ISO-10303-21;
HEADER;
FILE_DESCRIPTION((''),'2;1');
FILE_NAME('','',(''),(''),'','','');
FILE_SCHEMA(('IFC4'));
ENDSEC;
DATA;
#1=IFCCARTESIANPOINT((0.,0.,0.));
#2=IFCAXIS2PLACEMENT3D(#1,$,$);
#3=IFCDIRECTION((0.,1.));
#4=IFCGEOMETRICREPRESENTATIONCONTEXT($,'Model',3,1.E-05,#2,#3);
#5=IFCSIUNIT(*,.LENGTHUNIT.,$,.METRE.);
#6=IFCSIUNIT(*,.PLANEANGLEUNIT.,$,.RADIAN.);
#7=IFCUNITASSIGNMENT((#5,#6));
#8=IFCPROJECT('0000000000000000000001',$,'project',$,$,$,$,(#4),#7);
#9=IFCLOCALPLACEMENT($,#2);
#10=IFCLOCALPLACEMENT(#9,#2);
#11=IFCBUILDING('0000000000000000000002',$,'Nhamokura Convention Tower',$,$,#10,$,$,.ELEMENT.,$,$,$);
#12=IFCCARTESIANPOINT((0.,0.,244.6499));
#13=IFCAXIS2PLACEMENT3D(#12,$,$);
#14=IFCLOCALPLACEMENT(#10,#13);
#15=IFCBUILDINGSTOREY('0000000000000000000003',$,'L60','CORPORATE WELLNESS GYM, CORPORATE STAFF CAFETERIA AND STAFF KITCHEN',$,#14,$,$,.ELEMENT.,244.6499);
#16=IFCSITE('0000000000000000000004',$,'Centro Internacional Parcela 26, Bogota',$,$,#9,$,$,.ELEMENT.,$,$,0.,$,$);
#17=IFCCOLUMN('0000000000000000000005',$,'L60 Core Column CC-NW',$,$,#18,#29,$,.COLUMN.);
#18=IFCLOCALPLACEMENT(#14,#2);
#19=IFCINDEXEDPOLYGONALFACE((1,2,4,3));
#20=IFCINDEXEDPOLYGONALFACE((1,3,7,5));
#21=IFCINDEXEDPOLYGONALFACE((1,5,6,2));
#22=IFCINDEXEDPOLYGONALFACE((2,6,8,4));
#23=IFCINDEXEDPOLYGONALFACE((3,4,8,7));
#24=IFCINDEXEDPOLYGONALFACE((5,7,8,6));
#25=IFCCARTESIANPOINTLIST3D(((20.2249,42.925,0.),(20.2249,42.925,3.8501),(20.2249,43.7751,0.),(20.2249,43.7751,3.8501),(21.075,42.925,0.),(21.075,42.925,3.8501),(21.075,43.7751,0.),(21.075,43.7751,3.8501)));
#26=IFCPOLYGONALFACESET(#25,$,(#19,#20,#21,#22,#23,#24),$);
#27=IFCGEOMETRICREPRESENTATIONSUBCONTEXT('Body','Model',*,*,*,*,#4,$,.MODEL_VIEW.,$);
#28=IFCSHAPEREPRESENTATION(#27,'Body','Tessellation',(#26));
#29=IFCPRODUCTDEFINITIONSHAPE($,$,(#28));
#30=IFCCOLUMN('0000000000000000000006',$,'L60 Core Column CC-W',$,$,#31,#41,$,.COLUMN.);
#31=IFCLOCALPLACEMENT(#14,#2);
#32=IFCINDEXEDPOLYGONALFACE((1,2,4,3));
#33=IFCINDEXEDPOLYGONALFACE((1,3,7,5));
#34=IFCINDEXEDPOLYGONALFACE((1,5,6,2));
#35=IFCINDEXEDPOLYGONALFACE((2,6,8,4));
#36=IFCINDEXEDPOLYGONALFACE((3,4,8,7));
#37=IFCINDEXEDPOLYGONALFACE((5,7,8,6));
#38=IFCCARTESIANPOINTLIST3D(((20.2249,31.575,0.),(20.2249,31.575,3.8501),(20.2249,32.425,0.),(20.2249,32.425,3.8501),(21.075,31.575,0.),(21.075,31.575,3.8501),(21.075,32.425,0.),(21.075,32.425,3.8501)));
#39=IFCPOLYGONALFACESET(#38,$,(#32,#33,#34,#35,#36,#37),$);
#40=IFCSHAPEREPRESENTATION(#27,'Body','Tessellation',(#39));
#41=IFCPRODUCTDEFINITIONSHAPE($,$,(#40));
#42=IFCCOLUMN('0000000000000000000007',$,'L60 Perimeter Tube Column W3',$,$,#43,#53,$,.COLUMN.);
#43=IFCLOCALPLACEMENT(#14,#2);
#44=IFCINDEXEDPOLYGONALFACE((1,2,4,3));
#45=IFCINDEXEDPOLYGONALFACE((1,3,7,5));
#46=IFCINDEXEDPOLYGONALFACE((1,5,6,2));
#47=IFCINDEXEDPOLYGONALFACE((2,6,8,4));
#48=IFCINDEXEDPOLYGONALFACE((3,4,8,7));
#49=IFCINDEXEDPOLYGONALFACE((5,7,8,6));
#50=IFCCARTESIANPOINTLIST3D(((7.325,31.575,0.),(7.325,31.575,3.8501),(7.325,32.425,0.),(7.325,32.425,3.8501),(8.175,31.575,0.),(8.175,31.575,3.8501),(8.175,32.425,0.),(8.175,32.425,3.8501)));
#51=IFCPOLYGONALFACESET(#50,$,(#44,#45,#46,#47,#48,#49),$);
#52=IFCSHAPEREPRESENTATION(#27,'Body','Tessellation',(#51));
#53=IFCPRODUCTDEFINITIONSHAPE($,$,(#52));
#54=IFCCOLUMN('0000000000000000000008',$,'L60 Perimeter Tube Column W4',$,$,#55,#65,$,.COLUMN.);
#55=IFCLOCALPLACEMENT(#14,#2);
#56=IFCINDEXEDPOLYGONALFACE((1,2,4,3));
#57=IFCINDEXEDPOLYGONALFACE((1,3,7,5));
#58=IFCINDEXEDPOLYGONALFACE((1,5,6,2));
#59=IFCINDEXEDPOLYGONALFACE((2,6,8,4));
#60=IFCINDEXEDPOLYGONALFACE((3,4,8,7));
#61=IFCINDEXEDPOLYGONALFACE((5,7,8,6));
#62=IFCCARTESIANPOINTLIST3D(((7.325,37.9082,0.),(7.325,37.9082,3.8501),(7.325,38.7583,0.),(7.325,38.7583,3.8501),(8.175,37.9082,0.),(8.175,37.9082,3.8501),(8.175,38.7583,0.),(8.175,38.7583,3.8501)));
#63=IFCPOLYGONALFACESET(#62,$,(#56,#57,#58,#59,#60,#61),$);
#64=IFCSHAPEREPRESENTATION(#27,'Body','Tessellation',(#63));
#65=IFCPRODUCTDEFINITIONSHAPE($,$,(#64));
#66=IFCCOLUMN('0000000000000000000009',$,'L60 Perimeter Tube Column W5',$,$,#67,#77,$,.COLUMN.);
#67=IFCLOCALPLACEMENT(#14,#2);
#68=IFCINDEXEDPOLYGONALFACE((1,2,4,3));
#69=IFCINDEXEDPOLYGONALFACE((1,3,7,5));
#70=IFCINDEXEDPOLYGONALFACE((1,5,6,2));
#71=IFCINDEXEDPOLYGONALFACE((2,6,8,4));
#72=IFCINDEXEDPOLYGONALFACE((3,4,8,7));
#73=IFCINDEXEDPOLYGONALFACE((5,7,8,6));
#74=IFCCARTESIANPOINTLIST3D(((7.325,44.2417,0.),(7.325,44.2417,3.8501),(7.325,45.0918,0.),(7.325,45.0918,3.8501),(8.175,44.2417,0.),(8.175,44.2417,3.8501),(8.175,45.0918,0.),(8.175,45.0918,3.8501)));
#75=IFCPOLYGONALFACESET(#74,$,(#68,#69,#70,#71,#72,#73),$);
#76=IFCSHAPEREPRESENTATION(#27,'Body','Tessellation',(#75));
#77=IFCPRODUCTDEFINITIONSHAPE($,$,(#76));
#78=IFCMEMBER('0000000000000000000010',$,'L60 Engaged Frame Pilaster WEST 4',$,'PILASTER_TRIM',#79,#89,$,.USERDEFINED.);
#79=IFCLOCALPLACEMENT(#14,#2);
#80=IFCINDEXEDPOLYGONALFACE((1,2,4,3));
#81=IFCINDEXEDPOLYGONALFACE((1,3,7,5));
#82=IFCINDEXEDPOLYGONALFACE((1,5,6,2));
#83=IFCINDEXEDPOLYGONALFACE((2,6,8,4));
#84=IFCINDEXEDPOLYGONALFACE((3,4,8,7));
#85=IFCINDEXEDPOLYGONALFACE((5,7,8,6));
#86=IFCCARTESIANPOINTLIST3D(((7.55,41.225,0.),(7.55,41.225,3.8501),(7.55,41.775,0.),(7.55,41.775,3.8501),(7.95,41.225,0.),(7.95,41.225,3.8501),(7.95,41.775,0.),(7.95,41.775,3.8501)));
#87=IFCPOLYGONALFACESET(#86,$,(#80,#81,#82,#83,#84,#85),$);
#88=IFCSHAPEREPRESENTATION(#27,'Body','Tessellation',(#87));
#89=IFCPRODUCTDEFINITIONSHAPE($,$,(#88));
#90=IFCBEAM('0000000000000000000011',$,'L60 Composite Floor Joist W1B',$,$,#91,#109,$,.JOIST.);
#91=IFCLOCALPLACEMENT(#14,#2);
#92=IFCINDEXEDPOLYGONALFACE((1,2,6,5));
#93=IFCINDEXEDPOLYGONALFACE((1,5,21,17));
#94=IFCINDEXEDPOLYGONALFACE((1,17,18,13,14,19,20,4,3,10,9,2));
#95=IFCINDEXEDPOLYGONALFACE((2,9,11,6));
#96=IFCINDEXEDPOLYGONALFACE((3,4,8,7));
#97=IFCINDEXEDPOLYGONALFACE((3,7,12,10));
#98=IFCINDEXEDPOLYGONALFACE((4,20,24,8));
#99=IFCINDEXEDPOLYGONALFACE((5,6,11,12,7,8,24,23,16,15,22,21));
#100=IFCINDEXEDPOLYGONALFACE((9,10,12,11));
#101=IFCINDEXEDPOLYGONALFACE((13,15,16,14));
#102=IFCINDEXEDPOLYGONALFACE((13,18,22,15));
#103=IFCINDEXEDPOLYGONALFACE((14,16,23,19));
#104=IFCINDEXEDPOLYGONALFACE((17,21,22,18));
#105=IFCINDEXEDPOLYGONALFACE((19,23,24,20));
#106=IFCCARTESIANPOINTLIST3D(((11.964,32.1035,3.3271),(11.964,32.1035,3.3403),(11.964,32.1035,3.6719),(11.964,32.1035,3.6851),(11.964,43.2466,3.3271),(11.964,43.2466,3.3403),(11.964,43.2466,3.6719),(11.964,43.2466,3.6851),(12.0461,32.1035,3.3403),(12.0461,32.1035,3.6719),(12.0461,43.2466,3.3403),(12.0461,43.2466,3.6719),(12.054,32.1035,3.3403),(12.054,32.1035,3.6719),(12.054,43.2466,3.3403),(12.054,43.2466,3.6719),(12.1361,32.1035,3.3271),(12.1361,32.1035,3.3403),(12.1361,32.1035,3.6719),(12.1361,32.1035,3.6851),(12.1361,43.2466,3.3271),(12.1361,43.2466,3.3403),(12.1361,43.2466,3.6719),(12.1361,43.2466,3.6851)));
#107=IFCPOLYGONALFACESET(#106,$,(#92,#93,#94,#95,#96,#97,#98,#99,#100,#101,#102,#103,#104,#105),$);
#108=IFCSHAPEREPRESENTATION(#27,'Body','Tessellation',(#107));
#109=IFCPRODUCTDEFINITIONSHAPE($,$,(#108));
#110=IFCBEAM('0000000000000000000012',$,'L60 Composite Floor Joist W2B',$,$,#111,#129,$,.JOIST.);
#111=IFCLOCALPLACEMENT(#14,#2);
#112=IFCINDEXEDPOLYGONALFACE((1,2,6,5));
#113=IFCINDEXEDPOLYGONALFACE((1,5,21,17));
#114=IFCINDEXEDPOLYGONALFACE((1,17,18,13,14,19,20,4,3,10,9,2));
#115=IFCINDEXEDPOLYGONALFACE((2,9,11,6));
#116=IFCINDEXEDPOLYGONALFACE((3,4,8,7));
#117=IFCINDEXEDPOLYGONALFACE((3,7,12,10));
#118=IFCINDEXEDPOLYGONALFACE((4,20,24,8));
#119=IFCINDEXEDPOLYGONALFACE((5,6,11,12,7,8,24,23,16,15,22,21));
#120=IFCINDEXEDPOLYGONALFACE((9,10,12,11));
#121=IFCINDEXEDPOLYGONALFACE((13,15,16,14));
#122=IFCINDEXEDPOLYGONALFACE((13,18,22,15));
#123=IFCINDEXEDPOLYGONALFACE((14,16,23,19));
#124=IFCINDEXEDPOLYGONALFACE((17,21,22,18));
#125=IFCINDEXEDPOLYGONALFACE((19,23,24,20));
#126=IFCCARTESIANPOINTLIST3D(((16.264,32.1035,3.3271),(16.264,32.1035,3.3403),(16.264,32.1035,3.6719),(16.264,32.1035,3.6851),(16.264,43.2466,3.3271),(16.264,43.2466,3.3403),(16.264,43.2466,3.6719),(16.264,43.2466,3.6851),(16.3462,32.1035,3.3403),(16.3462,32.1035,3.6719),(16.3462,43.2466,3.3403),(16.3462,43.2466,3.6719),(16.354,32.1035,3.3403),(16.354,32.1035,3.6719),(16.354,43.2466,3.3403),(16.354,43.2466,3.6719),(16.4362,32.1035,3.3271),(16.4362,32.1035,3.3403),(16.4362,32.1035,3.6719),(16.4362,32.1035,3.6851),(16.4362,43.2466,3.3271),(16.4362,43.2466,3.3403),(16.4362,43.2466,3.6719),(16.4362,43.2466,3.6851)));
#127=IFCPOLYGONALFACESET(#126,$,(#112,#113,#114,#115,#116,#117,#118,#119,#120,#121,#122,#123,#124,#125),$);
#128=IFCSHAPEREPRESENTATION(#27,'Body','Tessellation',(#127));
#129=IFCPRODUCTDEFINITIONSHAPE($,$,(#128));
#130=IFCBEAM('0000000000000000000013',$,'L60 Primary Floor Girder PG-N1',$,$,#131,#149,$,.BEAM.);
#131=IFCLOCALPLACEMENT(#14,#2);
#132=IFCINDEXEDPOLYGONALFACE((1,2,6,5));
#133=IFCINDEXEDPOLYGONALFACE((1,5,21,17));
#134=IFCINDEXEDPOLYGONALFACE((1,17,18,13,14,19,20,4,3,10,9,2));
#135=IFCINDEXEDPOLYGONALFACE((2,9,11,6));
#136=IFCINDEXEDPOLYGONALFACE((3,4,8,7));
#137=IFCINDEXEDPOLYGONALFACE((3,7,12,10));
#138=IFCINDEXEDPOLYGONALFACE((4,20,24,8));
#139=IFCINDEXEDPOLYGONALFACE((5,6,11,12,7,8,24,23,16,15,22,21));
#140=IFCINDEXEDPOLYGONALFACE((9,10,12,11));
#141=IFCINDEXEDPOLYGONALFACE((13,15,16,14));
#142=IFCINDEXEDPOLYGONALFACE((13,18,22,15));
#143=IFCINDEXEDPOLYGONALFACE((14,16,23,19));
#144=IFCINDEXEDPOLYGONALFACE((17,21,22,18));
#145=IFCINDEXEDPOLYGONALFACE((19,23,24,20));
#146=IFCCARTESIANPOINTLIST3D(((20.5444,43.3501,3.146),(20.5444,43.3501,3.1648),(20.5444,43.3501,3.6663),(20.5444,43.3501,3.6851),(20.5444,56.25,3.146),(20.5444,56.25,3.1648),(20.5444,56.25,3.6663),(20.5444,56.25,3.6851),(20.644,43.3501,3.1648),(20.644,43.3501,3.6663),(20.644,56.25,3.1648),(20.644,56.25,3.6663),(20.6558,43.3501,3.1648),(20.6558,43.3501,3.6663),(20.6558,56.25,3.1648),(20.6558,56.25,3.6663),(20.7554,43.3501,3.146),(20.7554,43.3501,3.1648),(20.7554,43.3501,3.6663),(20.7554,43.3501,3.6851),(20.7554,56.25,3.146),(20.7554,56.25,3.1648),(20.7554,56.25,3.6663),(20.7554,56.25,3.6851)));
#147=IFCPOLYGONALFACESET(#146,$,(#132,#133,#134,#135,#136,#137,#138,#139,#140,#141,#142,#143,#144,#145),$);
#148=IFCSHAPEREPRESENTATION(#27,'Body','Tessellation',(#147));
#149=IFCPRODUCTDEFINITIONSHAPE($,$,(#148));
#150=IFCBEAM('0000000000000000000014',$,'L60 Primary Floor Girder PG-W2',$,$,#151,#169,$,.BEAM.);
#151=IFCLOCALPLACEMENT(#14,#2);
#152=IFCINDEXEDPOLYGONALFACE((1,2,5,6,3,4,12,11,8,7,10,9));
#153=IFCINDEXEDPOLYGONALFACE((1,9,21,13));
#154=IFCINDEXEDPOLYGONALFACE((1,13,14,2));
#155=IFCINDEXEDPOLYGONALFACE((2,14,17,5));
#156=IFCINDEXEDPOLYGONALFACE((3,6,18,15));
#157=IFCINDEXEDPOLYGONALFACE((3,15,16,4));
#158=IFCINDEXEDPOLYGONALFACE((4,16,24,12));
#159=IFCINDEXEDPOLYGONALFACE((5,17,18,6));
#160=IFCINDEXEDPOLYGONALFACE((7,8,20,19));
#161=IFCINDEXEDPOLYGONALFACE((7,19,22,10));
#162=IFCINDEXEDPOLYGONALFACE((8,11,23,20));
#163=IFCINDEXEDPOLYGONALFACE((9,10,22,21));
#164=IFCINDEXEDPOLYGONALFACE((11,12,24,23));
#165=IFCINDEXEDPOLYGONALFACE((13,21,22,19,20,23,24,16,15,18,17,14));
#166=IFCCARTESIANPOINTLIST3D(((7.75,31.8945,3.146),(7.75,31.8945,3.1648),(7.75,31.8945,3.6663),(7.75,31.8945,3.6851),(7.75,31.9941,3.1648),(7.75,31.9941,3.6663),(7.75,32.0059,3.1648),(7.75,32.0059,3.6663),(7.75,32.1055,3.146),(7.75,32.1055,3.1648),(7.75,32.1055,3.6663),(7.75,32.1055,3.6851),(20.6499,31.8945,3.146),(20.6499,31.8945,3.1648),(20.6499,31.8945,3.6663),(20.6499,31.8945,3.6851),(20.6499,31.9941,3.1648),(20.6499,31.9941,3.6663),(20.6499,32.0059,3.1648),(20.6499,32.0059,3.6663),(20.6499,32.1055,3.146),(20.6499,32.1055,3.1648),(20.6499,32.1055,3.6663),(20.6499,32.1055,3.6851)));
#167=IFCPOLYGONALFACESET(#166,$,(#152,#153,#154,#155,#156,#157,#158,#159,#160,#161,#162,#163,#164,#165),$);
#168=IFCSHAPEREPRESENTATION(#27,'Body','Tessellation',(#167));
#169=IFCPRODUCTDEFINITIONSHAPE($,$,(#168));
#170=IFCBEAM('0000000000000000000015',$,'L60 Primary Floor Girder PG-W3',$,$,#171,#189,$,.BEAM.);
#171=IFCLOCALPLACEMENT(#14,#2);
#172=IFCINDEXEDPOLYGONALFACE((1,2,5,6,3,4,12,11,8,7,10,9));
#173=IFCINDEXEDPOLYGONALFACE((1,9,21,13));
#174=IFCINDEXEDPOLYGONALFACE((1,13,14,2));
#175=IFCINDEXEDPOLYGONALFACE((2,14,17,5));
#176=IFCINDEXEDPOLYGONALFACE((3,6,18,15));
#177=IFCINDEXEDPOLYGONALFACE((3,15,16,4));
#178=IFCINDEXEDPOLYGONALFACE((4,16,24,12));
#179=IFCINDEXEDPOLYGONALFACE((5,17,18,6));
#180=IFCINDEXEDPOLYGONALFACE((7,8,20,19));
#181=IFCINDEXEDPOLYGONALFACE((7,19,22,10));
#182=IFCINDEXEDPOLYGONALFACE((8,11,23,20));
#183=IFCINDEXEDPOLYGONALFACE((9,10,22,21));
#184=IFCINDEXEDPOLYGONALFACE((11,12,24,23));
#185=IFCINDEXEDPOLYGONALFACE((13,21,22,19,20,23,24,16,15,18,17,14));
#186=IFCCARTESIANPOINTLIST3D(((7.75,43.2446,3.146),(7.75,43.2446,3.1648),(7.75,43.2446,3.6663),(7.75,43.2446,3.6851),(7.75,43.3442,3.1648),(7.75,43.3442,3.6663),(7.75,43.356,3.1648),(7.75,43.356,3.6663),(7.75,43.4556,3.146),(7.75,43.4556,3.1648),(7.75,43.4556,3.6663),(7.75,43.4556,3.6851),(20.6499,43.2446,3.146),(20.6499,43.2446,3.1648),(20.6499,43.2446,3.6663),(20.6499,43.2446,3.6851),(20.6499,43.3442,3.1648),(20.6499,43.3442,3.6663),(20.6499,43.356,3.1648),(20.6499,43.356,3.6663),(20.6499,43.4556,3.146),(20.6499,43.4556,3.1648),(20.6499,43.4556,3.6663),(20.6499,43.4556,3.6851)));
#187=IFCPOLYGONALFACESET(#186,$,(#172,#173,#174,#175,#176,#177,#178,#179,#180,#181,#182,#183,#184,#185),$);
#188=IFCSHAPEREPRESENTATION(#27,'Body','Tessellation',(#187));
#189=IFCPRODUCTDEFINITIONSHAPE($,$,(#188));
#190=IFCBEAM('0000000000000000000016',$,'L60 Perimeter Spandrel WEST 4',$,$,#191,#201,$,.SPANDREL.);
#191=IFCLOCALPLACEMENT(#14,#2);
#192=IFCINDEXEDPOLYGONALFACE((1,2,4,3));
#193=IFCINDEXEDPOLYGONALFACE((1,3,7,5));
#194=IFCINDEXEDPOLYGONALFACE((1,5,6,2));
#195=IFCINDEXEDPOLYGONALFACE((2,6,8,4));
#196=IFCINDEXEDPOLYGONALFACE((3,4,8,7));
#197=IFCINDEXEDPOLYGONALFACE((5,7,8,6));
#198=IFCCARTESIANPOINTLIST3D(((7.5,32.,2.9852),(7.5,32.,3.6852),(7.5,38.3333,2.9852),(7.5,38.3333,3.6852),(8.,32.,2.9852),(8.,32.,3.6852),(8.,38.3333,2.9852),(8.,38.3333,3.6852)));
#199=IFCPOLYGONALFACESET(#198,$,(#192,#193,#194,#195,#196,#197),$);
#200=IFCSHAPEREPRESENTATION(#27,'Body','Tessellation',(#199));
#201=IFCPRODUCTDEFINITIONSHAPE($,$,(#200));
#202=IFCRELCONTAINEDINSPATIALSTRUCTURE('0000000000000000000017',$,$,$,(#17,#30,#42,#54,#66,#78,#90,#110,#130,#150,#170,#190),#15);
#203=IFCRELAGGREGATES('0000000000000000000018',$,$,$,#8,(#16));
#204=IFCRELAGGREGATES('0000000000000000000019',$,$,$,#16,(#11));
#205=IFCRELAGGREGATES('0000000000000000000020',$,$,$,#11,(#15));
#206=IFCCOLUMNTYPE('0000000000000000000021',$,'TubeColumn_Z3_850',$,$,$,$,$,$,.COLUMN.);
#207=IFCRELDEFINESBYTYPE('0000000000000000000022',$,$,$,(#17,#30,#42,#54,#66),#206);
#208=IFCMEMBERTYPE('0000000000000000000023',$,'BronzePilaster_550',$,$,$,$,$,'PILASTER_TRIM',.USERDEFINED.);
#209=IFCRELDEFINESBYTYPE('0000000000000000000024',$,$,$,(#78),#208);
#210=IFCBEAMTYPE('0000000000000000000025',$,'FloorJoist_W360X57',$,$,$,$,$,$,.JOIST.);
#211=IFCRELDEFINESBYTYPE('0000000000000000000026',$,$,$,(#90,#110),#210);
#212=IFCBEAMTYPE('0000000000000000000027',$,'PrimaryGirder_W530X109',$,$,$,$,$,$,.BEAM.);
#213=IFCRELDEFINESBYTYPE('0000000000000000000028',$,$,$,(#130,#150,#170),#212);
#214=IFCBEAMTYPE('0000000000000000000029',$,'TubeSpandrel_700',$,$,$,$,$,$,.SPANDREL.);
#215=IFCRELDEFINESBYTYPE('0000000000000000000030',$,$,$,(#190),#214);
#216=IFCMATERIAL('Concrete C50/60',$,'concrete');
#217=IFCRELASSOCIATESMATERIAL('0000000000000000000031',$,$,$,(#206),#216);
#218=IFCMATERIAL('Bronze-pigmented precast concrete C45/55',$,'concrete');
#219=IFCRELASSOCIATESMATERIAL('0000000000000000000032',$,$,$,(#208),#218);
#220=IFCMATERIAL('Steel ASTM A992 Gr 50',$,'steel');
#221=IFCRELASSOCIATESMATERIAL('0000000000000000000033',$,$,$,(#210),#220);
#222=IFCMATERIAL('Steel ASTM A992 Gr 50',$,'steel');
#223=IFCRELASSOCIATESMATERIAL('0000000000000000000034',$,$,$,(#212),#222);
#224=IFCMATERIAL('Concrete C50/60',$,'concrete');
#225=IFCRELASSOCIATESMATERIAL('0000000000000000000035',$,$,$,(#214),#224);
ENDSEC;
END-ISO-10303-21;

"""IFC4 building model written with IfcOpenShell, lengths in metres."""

from ifc_helpers import new_model, si_unit, direction, frame, origin, origin_2d, place, context, subcontext, project, spatial, rectangle, i_section, extrude, material, material_profile, profile_set, type_object, element, save


model = new_model("IFC4")

# Units and contexts
model_context = context("Model", 3, precision=1e-05, world=origin(), true_north=direction((0.0, 1.0)))
body_context = subcontext(model_context, "Body", "Model", "MODEL_VIEW")
ifc_project = project(units=[si_unit("LENGTHUNIT", "METRE"), si_unit("PLANEANGLEUNIT", "RADIAN")], contexts=[model_context])

# Site, building, storey
site_placement = place(None, origin())
site = spatial("IfcSite", under=ifc_project, at=site_placement, Name="Centro Internacional Parcela 26, Bogota", CompositionType="ELEMENT", RefElevation=0.0)
building_placement = place(site_placement, origin())
building = spatial("IfcBuilding", under=site, at=building_placement, Name="Nhamokura Convention Tower", CompositionType="ELEMENT")
storey_placement = place(building_placement, frame((0.0, 0.0, 244.6499)))
storey = spatial("IfcBuildingStorey", under=building, at=storey_placement, Name="L60", Description="CORPORATE WELLNESS GYM, CORPORATE STAFF CAFETERIA AND STAFF KITCHEN", CompositionType="ELEMENT", Elevation=244.6499)

# Columns
ifc_material_1 = material(Name="Concrete C50/60", Category="concrete")
ifc_material_profile_1 = material_profile(ifc_material_1, rectangle(XDim=0.8501, YDim=0.8501, at=origin_2d()))
ifc_profile_set_1 = profile_set([ifc_material_profile_1], Name="Concrete C50/60")
column_type = type_object("IfcColumnType", Name="TubeColumn_Z3_850", PredefinedType="COLUMN", material=ifc_profile_set_1)
for number, where, z_axis, x_axis, name in (
    (1, (20.6499, 43.3501, 0.0), (0.0, 0.0, 1.0), (1.0, 0.0, 0.0), "L60 Core Column CC-NW"),
    (2, (20.6499, 32.0, 0.0), (0.0, 0.0, 1.0), (1.0, 0.0, 0.0), "L60 Core Column CC-W"),
    (3, (7.75, 32.0, 0.0), (0.0, 0.0, 1.0), (1.0, 0.0, 0.0), "L60 Perimeter Tube Column W3"),
    (4, (7.75, 38.3333, 0.0), (0.0, 0.0, 1.0), (1.0, 0.0, 0.0), "L60 Perimeter Tube Column W4"),
    (5, (7.75, 44.6667, 0.0), (0.0, 0.0, 1.0), (1.0, 0.0, 0.0), "L60 Perimeter Tube Column W5"),
):
    element("IfcColumn", number, at=place(storey_placement, frame(where, z_axis=z_axis, x_axis=x_axis)), inside=storey, type_object=column_type, Name=name, PredefinedType="COLUMN", context=body_context, shape_type="SweptSolid", body=[
        extrude(rectangle(XDim=0.8501, YDim=0.8501, at=origin_2d()), origin(), (0.0, 0.0, 1.0), 3.8501),
    ])

# Member
ifc_material_2 = material(Name="Bronze-pigmented precast concrete C45/55", Category="concrete")
ifc_material_profile_2 = material_profile(ifc_material_2, rectangle(XDim=0.3999, YDim=0.55, at=origin_2d()))
ifc_profile_set_2 = profile_set([ifc_material_profile_2], Name="Bronze-pigmented precast concrete C45/55")
member_type = type_object("IfcMemberType", Name="BronzePilaster_550", ElementType="PILASTER_TRIM", PredefinedType="USERDEFINED", material=ifc_profile_set_2)
member_placement = place(storey_placement, frame((7.75, 41.5, 0.0), z_axis=(0.0, 0.0, 1.0), x_axis=(1.0, 0.0, 0.0)))
element("IfcMember", 6, at=member_placement, inside=storey, type_object=member_type, Name="L60 Engaged Frame Pilaster WEST 4", ObjectType="PILASTER_TRIM", PredefinedType="USERDEFINED", context=body_context, shape_type="SweptSolid", body=[
    extrude(rectangle(XDim=0.3999, YDim=0.55, at=origin_2d()), origin(), (0.0, 0.0, 1.0), 3.8501),
])

# Beams
ifc_material_3 = material(Name="Steel ASTM A992 Gr 50", Category="steel")
ifc_material_profile_3 = material_profile(ifc_material_3, i_section(OverallWidth=0.1721, OverallDepth=0.3579, WebThickness=0.0078, FlangeThickness=0.0132, at=origin_2d()))
ifc_profile_set_3 = profile_set([ifc_material_profile_3], Name="Steel ASTM A992 Gr 50")
beam_type_1 = type_object("IfcBeamType", Name="FloorJoist_W360X57", PredefinedType="JOIST", material=ifc_profile_set_3)
for number, where, z_axis, x_axis, name in (
    (7, (12.05, 32.1035, 3.5061), (0.0, 1.0, 0.0), (-1.0, 0.0, 0.0), "L60 Composite Floor Joist W1B"),
    (8, (16.3501, 32.1035, 3.5061), (0.0, 1.0, 0.0), (-1.0, 0.0, 0.0), "L60 Composite Floor Joist W2B"),
):
    element("IfcBeam", number, at=place(storey_placement, frame(where, z_axis=z_axis, x_axis=x_axis)), inside=storey, type_object=beam_type_1, Name=name, PredefinedType="JOIST", context=body_context, shape_type="SweptSolid", body=[
        extrude(i_section(OverallWidth=0.1721, OverallDepth=0.3579, WebThickness=0.0078, FlangeThickness=0.0132, at=origin_2d()), origin(), (0.0, 0.0, 1.0), 11.1431),
    ])
ifc_material_4 = material(Name="Steel ASTM A992 Gr 50", Category="steel")
ifc_material_profile_4 = material_profile(ifc_material_4, i_section(OverallWidth=0.2109, OverallDepth=0.5391, WebThickness=0.0117, FlangeThickness=0.0188, at=origin_2d()))
ifc_profile_set_4 = profile_set([ifc_material_profile_4], Name="Steel ASTM A992 Gr 50")
beam_type_2 = type_object("IfcBeamType", Name="PrimaryGirder_W530X109", PredefinedType="BEAM", material=ifc_profile_set_4)
for number, where, z_axis, x_axis, name in (
    (9, (20.6499, 43.3501, 3.4155), (0.0, 1.0, 0.0), (-1.0, 0.0, 0.0), "L60 Primary Floor Girder PG-N1"),
    (10, (7.75, 32.0, 3.4155), (1.0, 0.0, 0.0), (0.0, 1.0, 0.0), "L60 Primary Floor Girder PG-W2"),
    (11, (7.75, 43.3501, 3.4155), (1.0, 0.0, 0.0), (0.0, 1.0, 0.0), "L60 Primary Floor Girder PG-W3"),
):
    element("IfcBeam", number, at=place(storey_placement, frame(where, z_axis=z_axis, x_axis=x_axis)), inside=storey, type_object=beam_type_2, Name=name, PredefinedType="BEAM", context=body_context, shape_type="SweptSolid", body=[
        extrude(i_section(OverallWidth=0.2109, OverallDepth=0.5391, WebThickness=0.0117, FlangeThickness=0.0188, at=origin_2d()), origin(), (0.0, 0.0, 1.0), 12.8999),
    ])
ifc_material_5 = material(Name="Concrete C50/60", Category="concrete")
ifc_material_profile_5 = material_profile(ifc_material_5, rectangle(XDim=0.5, YDim=0.7, at=origin_2d()))
ifc_profile_set_5 = profile_set([ifc_material_profile_5], Name="Concrete C50/60")
beam_type_3 = type_object("IfcBeamType", Name="TubeSpandrel_700", PredefinedType="SPANDREL", material=ifc_profile_set_5)
beam_1_placement = place(storey_placement, frame((7.75, 32.0, 3.3352), z_axis=(0.0, 1.0, 0.0), x_axis=(-1.0, 0.0, 0.0)))
element("IfcBeam", 12, at=beam_1_placement, inside=storey, type_object=beam_type_3, Name="L60 Perimeter Spandrel WEST 4", PredefinedType="SPANDREL", context=body_context, shape_type="SweptSolid", body=[
    extrude(rectangle(XDim=0.5, YDim=0.7, at=origin_2d()), origin(), (0.0, 0.0, 1.0), 6.3333),
])

save(model, "model.ifc")
